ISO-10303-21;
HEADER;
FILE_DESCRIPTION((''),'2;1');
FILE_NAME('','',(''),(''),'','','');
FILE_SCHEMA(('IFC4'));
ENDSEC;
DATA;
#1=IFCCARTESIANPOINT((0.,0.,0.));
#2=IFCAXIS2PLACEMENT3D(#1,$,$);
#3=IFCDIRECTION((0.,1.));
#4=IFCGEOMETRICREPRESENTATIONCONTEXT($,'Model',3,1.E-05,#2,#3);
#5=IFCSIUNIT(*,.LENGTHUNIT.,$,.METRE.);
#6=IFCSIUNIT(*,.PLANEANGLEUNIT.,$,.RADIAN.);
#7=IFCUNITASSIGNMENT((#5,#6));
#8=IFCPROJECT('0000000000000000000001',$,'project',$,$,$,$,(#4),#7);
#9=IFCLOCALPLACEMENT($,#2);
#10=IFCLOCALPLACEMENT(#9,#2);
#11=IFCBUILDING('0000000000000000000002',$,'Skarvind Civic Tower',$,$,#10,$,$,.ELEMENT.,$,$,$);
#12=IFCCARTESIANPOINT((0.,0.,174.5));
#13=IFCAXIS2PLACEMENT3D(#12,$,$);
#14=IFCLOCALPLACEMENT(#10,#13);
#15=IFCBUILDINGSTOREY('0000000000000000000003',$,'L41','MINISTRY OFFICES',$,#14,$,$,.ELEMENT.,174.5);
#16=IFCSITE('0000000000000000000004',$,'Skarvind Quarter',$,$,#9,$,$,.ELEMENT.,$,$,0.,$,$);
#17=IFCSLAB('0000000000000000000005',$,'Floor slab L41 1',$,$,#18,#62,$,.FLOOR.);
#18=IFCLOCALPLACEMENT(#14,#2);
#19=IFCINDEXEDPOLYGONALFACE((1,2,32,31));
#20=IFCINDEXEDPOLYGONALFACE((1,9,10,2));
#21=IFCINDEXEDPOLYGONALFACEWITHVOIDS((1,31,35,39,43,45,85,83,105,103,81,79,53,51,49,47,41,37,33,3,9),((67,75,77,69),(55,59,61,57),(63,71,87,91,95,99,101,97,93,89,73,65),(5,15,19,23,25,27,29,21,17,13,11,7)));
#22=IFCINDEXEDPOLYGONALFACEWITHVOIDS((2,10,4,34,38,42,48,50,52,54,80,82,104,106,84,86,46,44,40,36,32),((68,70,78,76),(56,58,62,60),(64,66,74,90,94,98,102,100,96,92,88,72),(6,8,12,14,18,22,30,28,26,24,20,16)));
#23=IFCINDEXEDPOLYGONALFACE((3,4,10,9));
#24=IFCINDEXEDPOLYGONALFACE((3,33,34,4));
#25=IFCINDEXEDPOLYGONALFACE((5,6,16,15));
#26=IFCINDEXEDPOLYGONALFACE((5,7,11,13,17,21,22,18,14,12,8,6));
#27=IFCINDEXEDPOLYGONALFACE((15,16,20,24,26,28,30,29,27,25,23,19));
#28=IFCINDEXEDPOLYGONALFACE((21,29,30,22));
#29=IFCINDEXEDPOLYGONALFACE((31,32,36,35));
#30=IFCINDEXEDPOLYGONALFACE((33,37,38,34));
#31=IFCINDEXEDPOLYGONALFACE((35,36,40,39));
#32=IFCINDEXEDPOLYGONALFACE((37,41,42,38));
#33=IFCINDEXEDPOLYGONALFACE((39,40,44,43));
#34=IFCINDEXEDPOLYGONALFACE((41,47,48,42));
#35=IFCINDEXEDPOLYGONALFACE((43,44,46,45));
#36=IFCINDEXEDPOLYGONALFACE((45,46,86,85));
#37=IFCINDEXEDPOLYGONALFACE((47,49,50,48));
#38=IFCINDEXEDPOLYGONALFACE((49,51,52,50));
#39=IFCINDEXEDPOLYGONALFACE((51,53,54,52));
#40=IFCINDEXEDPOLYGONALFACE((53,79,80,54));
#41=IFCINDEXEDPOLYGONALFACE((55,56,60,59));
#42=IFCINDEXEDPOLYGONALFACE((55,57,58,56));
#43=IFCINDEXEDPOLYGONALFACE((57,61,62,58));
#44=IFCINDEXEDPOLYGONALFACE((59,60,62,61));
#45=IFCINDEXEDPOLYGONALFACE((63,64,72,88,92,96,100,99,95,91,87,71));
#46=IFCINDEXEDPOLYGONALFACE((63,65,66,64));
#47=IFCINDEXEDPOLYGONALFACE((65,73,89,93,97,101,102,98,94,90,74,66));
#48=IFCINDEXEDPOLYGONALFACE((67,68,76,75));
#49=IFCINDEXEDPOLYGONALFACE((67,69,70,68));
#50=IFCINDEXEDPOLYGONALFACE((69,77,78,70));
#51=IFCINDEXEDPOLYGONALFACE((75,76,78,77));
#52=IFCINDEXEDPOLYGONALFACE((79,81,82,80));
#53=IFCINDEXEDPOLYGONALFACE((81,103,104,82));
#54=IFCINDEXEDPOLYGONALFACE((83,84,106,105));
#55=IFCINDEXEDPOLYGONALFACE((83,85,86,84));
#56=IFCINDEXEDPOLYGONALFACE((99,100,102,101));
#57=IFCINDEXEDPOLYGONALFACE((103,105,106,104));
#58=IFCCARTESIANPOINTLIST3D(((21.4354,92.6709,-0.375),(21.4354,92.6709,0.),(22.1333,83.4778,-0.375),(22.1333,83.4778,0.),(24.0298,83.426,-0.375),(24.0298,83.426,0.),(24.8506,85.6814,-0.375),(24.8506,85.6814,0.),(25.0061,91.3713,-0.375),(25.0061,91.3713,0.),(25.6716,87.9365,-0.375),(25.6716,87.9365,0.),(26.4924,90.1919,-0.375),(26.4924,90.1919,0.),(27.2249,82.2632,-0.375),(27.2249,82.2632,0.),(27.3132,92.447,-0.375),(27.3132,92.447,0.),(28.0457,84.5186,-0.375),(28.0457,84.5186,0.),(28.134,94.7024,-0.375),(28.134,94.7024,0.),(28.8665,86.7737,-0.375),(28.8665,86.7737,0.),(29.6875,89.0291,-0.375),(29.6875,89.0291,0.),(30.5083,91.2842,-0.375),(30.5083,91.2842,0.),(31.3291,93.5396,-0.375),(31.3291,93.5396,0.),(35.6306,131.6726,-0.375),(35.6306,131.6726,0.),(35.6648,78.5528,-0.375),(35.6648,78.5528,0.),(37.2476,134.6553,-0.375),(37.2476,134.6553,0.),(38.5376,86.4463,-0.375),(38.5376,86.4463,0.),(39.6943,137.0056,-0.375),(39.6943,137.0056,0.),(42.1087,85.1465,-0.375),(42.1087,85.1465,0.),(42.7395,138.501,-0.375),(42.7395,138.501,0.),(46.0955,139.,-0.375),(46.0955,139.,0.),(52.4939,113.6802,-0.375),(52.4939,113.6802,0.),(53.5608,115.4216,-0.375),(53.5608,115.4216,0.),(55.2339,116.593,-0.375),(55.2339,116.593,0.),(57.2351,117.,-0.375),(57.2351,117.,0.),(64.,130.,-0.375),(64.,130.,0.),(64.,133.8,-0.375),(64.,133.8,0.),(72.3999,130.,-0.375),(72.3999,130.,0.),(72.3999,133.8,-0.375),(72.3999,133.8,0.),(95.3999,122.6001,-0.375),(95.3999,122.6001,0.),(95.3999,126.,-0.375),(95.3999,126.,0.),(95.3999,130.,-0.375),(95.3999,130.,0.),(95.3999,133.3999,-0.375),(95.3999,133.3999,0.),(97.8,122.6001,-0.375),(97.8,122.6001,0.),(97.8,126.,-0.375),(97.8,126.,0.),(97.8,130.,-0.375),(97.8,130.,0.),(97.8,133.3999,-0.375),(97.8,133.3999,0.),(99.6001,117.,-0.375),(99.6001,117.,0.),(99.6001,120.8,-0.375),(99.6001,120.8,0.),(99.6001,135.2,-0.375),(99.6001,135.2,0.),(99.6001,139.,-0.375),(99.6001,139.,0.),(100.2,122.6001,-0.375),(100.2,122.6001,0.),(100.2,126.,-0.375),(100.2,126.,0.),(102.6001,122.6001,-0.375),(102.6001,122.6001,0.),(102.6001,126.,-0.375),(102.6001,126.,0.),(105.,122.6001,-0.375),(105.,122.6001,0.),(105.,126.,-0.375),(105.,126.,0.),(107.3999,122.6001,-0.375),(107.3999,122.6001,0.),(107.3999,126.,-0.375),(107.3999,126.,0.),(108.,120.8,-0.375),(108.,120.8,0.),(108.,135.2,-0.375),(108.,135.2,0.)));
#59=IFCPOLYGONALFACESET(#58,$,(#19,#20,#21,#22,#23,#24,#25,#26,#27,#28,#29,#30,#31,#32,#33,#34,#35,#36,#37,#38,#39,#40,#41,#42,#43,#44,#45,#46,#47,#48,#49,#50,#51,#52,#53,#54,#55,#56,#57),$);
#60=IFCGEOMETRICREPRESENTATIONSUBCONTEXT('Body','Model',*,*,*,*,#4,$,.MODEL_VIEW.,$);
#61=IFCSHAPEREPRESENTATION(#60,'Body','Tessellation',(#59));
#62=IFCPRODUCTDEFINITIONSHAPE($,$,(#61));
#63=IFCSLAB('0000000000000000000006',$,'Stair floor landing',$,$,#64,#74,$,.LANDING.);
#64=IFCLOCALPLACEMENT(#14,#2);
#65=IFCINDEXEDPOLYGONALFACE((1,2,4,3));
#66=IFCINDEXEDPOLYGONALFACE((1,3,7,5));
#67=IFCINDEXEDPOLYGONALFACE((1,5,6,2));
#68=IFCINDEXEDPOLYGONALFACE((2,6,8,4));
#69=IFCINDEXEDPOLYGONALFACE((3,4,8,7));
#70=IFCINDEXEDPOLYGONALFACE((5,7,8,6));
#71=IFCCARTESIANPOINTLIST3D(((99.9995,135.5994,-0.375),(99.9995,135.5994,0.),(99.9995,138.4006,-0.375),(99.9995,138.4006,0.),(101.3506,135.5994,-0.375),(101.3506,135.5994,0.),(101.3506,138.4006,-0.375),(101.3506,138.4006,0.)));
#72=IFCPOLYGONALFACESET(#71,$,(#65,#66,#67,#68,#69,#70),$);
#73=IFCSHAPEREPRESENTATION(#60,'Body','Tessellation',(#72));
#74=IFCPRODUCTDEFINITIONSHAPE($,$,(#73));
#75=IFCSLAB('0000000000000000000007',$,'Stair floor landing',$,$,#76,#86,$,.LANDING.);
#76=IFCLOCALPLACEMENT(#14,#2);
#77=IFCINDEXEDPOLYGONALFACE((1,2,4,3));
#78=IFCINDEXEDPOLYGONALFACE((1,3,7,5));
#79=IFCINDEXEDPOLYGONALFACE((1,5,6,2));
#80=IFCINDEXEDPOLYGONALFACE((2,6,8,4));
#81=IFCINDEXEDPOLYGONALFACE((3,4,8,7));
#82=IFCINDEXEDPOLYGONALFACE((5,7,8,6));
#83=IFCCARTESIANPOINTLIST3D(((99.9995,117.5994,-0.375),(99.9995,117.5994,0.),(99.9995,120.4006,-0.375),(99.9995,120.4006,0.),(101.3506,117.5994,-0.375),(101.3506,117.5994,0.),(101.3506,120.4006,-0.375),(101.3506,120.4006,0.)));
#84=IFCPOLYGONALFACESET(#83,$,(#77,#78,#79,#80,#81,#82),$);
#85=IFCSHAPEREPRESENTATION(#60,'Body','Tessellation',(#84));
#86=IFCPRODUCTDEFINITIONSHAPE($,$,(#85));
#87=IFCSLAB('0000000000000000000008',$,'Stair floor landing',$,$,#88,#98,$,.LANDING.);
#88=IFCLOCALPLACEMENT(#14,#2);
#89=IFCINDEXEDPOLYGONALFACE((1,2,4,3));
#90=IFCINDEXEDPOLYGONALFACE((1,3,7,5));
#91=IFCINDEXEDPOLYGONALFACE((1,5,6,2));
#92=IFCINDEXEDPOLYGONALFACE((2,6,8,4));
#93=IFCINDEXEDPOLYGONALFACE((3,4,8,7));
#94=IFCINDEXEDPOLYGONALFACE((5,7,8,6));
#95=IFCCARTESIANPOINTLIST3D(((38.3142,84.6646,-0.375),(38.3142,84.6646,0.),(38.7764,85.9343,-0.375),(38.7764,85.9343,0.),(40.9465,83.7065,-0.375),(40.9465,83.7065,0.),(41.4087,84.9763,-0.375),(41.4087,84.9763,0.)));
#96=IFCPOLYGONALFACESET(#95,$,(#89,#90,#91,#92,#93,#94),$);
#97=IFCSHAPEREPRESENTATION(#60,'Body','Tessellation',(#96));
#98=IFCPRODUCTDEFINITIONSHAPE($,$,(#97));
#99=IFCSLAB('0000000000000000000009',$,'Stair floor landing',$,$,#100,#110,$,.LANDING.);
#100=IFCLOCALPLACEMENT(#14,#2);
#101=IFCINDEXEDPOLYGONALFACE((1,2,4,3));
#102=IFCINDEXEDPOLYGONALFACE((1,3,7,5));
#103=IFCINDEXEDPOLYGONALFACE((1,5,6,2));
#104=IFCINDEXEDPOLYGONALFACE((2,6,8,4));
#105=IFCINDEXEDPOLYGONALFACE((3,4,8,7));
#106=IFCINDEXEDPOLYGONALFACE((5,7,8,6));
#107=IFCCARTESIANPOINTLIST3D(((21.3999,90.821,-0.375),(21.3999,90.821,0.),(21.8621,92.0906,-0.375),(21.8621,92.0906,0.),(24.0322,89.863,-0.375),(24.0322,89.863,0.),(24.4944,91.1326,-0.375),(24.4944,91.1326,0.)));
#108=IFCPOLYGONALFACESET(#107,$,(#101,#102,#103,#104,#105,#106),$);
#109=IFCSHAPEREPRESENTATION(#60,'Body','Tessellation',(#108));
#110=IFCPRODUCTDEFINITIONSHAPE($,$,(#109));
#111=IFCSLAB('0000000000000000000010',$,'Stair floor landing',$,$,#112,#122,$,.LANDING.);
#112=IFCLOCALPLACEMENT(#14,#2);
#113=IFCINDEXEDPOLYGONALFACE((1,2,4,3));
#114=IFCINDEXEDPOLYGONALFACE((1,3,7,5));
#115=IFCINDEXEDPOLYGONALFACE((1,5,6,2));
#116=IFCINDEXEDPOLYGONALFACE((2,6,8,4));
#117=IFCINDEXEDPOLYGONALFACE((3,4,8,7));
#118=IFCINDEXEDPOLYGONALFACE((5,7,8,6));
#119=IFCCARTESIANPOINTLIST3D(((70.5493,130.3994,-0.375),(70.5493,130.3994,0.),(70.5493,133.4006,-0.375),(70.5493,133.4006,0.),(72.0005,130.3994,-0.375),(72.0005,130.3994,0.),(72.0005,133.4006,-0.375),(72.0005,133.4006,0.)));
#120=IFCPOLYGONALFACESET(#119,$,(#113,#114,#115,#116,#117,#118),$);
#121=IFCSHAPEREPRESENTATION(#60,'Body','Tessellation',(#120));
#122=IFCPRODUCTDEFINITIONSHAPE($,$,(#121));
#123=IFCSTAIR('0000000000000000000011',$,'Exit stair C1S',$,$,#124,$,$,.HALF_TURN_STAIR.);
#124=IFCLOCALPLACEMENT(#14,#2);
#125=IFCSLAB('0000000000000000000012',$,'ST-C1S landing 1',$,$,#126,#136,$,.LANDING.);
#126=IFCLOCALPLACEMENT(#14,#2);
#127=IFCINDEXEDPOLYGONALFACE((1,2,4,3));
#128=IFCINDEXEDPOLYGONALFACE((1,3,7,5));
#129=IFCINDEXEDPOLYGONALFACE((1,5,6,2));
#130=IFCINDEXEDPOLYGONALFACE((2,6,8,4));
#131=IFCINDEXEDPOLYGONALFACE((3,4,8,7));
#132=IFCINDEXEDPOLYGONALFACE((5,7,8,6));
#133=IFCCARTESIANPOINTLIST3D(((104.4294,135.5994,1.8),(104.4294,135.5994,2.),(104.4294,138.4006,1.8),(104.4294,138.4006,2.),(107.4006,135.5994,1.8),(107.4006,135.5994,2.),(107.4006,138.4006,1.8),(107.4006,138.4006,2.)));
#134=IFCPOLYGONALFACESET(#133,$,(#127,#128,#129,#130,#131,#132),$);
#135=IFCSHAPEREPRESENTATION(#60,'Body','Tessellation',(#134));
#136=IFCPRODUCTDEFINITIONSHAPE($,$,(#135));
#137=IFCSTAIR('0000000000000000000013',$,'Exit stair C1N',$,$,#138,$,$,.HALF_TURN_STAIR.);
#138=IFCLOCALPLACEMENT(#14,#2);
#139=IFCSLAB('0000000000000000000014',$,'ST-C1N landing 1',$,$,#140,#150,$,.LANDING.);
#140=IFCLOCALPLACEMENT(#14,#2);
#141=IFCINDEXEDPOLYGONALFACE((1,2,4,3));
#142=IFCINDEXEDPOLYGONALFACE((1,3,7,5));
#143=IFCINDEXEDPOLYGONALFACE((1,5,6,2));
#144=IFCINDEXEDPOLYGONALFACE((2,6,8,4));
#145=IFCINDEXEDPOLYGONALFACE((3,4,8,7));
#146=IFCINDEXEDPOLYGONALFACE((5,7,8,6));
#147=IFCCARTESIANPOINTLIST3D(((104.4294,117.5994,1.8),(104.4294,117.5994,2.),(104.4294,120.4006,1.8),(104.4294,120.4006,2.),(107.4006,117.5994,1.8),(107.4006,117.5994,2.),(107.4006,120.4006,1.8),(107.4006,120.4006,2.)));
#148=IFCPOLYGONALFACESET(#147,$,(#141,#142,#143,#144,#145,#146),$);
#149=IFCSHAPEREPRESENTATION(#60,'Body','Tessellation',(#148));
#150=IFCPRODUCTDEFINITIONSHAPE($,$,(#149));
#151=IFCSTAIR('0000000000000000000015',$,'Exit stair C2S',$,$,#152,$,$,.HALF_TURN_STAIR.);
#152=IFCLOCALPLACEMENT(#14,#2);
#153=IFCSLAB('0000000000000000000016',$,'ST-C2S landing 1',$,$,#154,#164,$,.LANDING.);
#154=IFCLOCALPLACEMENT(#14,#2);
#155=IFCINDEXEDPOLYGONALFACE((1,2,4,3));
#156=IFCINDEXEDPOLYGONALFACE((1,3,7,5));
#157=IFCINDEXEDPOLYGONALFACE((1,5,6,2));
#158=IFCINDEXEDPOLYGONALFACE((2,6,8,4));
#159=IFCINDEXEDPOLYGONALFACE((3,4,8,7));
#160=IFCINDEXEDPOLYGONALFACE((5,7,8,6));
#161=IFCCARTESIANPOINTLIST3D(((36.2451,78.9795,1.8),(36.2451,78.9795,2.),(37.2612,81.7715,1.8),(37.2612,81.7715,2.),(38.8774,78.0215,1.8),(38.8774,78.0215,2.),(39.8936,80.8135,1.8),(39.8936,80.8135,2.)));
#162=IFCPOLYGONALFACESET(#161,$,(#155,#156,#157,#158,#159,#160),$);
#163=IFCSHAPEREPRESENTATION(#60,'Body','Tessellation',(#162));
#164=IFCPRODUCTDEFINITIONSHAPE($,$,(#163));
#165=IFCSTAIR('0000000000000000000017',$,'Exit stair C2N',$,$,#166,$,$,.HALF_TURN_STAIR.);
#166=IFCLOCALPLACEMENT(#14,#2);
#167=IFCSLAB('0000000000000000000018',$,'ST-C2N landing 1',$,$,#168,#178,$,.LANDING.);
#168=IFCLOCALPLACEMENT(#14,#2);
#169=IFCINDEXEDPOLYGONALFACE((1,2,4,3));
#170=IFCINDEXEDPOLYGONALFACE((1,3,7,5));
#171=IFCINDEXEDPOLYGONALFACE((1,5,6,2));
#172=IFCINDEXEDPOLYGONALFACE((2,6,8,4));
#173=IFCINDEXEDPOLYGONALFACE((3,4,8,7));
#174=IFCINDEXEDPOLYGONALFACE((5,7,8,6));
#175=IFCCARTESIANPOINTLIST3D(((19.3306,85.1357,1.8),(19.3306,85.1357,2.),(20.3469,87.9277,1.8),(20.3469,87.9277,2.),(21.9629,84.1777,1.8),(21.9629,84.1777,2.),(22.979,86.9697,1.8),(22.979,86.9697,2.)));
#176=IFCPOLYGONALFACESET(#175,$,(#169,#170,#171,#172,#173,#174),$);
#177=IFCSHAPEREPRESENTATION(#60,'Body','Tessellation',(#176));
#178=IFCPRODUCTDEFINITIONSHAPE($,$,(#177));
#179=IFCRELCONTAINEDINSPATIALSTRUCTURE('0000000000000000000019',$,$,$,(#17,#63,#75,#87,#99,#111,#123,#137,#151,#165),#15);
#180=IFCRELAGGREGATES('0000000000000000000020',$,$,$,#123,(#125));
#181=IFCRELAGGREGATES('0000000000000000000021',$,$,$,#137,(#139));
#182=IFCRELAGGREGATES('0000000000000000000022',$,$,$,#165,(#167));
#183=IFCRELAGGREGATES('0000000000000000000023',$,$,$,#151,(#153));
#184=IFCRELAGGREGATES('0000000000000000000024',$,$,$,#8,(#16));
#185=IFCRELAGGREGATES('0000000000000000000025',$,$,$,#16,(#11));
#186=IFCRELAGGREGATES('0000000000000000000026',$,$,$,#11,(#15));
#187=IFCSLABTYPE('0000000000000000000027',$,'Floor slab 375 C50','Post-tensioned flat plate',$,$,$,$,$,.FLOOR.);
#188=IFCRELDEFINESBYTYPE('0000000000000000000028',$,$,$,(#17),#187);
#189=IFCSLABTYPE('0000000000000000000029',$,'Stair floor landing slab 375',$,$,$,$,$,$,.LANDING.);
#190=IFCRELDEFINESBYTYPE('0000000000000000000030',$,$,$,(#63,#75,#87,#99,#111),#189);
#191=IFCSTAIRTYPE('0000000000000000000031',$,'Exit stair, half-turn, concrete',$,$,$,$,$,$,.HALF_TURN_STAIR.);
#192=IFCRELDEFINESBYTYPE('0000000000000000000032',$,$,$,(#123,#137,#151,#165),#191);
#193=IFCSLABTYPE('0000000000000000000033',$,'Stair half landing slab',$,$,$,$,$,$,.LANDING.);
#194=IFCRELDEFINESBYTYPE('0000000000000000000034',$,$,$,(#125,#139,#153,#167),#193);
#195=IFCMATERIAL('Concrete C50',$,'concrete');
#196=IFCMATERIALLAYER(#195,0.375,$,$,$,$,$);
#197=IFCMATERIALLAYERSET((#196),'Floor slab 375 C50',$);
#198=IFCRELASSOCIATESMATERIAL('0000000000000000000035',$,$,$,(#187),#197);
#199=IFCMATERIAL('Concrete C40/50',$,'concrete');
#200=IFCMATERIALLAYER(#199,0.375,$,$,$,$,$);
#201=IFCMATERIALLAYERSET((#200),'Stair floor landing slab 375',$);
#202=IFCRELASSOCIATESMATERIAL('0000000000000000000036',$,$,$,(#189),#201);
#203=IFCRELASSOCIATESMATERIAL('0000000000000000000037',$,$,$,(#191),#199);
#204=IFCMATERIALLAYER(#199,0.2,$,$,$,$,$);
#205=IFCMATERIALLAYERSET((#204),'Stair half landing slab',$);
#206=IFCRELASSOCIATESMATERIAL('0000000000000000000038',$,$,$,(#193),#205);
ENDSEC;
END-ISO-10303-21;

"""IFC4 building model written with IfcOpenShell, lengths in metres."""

from ifc_helpers import new_model, si_unit, direction, frame, origin, place, context, subcontext, project, spatial, polyline, outline, extrude, material, layer, layer_set, type_object, element, aggregate, save


model = new_model("IFC4")

# Units and contexts
model_context = context("Model", 3, precision=1e-05, world=origin(), true_north=direction((0.0, 1.0)))
body_context = subcontext(model_context, "Body", "Model", "MODEL_VIEW")
ifc_project = project(units=[si_unit("LENGTHUNIT", "METRE"), si_unit("PLANEANGLEUNIT", "RADIAN")], contexts=[model_context])

# Site, building, storey
site_placement = place(None, origin())
site = spatial("IfcSite", under=ifc_project, at=site_placement, Name="Skarvind Quarter", CompositionType="ELEMENT", RefElevation=0.0)
building_placement = place(site_placement, origin())
building = spatial("IfcBuilding", under=site, at=building_placement, Name="Skarvind Civic Tower", CompositionType="ELEMENT")
storey_placement = place(building_placement, frame((0.0, 0.0, 174.5)))
storey = spatial("IfcBuildingStorey", under=building, at=storey_placement, Name="L41", Description="MINISTRY OFFICES", CompositionType="ELEMENT", Elevation=174.5)

# Slabs
ifc_material_1 = material(Name="Concrete C50", Category="concrete")
ifc_layer_1 = layer(ifc_material_1, 0.375)
ifc_layer_set_1 = layer_set([ifc_layer_1], Name="Floor slab 375 C50")
slab_type_1 = type_object("IfcSlabType", Name="Floor slab 375 C50", Description="Post-tensioned flat plate", PredefinedType="FLOOR", material=ifc_layer_set_1)
slab_1_placement = place(storey_placement, frame((0.0, 0.0, -0.375)))
element("IfcSlab", 1, at=slab_1_placement, inside=storey, type_object=slab_type_1, Name="Floor slab L41 1", PredefinedType="FLOOR", context=body_context, shape_type="SweptSolid", body=[
    extrude(outline(polyline([(99.6001, 117.0), (99.6001, 120.8), (108.0, 120.8), (108.0, 135.2), (99.6001, 135.2), (99.6001, 139.0), (46.0955, 139.0), (42.7395, 138.501), (39.6943, 137.0056), (37.2476, 134.6553), (35.6306, 131.6726), (19.4175, 87.1267), (21.4353, 92.6709), (25.0061, 91.3713), (22.1333, 83.4778), (36.8865, 78.1082), (35.6648, 78.5527), (38.5376, 86.4463), (42.1086, 85.1465), (40.0908, 79.6023), (40.0908, 79.6023), (52.4939, 113.6802), (53.5608, 115.4216), (55.2339, 116.593), (57.2351, 117.0), (99.6001, 117.0)]), holes=[polyline([(25.6716, 87.9365), (26.4924, 90.1919), (27.3132, 92.447), (28.134, 94.7024), (31.3291, 93.5396), (30.5083, 91.2842), (29.6875, 89.0291), (28.8665, 86.7737), (28.8665, 86.7737), (28.0457, 84.5186), (27.2249, 82.2632), (24.0298, 83.426), (24.8506, 85.6814), (25.6716, 87.9365), (25.6716, 87.9365)]), polyline([(64.0, 130.0), (64.0, 133.8), (72.3999, 133.8), (72.3999, 130.0), (64.0, 130.0)]), polyline([(97.8, 126.0), (100.2, 126.0), (102.6001, 126.0), (105.0, 126.0), (107.3999, 126.0), (107.3999, 122.6001), (105.0, 122.6001), (102.6001, 122.6001), (100.2, 122.6001), (97.8, 122.6001), (95.3999, 122.6001), (95.3999, 126.0), (97.8, 126.0)]), polyline([(97.8, 133.3999), (97.8, 130.0), (95.3999, 130.0), (95.3999, 133.3999), (97.8, 133.3999)])]), origin(), (0.0, 0.0, 1.0), 0.375),
])
ifc_material_2 = material(Name="Concrete C40/50", Category="concrete")
ifc_layer_2 = layer(ifc_material_2, 0.375)
ifc_layer_set_2 = layer_set([ifc_layer_2], Name="Stair floor landing slab 375")
slab_type_2 = type_object("IfcSlabType", Name="Stair floor landing slab 375", PredefinedType="LANDING", material=ifc_layer_set_2)
slab_2_placement = place(storey_placement, frame((0.0, 0.0, -0.375)))
element("IfcSlab", 2, at=slab_2_placement, inside=storey, type_object=slab_type_2, Name="Stair floor landing", PredefinedType="LANDING", context=body_context, shape_type="SweptSolid", body=[
    extrude(outline(polyline([(101.3506, 138.4006), (101.3506, 135.5994), (99.9995, 135.5994), (99.9995, 138.4006), (101.3506, 138.4006)])), origin(), (0.0, 0.0, 1.0), 0.375),
])
slab_3_placement = place(storey_placement, frame((0.0, 0.0, -0.375)))
element("IfcSlab", 3, at=slab_3_placement, inside=storey, type_object=slab_type_2, Name="Stair floor landing", PredefinedType="LANDING", context=body_context, shape_type="SweptSolid", body=[
    extrude(outline(polyline([(101.3506, 120.4006), (101.3506, 117.5994), (99.9995, 117.5994), (99.9995, 120.4006), (101.3506, 120.4006)])), origin(), (0.0, 0.0, 1.0), 0.375),
])
slab_4_placement = place(storey_placement, frame((0.0, 0.0, -0.375)))
element("IfcSlab", 4, at=slab_4_placement, inside=storey, type_object=slab_type_2, Name="Stair floor landing", PredefinedType="LANDING", context=body_context, shape_type="SweptSolid", body=[
    extrude(outline(polyline([(40.9465, 83.7065), (38.3142, 84.6646), (38.7764, 85.9343), (41.4087, 84.9763), (40.9465, 83.7065)])), origin(), (0.0, 0.0, 1.0), 0.375),
])
slab_5_placement = place(storey_placement, frame((0.0, 0.0, -0.375)))
element("IfcSlab", 5, at=slab_5_placement, inside=storey, type_object=slab_type_2, Name="Stair floor landing", PredefinedType="LANDING", context=body_context, shape_type="SweptSolid", body=[
    extrude(outline(polyline([(24.0322, 89.863), (21.3999, 90.821), (21.8621, 92.0906), (24.4944, 91.1326), (24.0322, 89.863)])), origin(), (0.0, 0.0, 1.0), 0.375),
])
slab_6_placement = place(storey_placement, frame((0.0, 0.0, -0.375)))
element("IfcSlab", 6, at=slab_6_placement, inside=storey, type_object=slab_type_2, Name="Stair floor landing", PredefinedType="LANDING", context=body_context, shape_type="SweptSolid", body=[
    extrude(outline(polyline([(70.5493, 130.3994), (70.5493, 133.4006), (72.0005, 133.4006), (72.0005, 130.3994), (70.5493, 130.3994)])), origin(), (0.0, 0.0, 1.0), 0.375),
])

# Stairs, slabs
stair_type_1 = type_object("IfcStairType", Name="Exit stair, half-turn, concrete", PredefinedType="HALF_TURN_STAIR", material=ifc_material_2)
stair_1_placement = place(storey_placement, origin())
stair_1 = element("IfcStair", 7, at=stair_1_placement, inside=storey, type_object=stair_type_1, Name="Exit stair C1S", PredefinedType="HALF_TURN_STAIR")
ifc_layer_3 = layer(ifc_material_2, 0.2)
ifc_layer_set_3 = layer_set([ifc_layer_3], Name="Stair half landing slab")
slab_type_3 = type_object("IfcSlabType", Name="Stair half landing slab", PredefinedType="LANDING", material=ifc_layer_set_3)
slab_7_placement = place(storey_placement, frame((0.0, 0.0, 1.8)))
slab_7 = element("IfcSlab", 8, at=slab_7_placement, type_object=slab_type_3, Name="ST-C1S landing 1", PredefinedType="LANDING", context=body_context, shape_type="SweptSolid", body=[
    extrude(outline(polyline([(104.4294, 135.5994), (104.4294, 138.4006), (107.4006, 138.4006), (107.4006, 135.5994), (104.4294, 135.5994)])), origin(), (0.0, 0.0, 1.0), 0.2),
])
aggregate(stair_1, [slab_7])
stair_2_placement = place(storey_placement, origin())
stair_2 = element("IfcStair", 9, at=stair_2_placement, inside=storey, type_object=stair_type_1, Name="Exit stair C1N", PredefinedType="HALF_TURN_STAIR")
slab_8_placement = place(storey_placement, frame((0.0, 0.0, 1.8)))
slab_8 = element("IfcSlab", 10, at=slab_8_placement, type_object=slab_type_3, Name="ST-C1N landing 1", PredefinedType="LANDING", context=body_context, shape_type="SweptSolid", body=[
    extrude(outline(polyline([(104.4294, 117.5994), (104.4294, 120.4006), (107.4006, 120.4006), (107.4006, 117.5994), (104.4294, 117.5994)])), origin(), (0.0, 0.0, 1.0), 0.2),
])
aggregate(stair_2, [slab_8])
stair_3_placement = place(storey_placement, origin())
stair_3 = element("IfcStair", 11, at=stair_3_placement, inside=storey, type_object=stair_type_1, Name="Exit stair C2S", PredefinedType="HALF_TURN_STAIR")
slab_9_placement = place(storey_placement, frame((0.0, 0.0, 1.8)))
slab_9 = element("IfcSlab", 12, at=slab_9_placement, type_object=slab_type_3, Name="ST-C2S landing 1", PredefinedType="LANDING", context=body_context, shape_type="SweptSolid", body=[
    extrude(outline(polyline([(37.2612, 81.7715), (39.8936, 80.8135), (38.8774, 78.0215), (36.2451, 78.9795), (37.2612, 81.7715)])), origin(), (0.0, 0.0, 1.0), 0.2),
])
stair_4_placement = place(storey_placement, origin())
stair_4 = element("IfcStair", 13, at=stair_4_placement, inside=storey, type_object=stair_type_1, Name="Exit stair C2N", PredefinedType="HALF_TURN_STAIR")
slab_10_placement = place(storey_placement, frame((0.0, 0.0, 1.8)))
slab_10 = element("IfcSlab", 14, at=slab_10_placement, type_object=slab_type_3, Name="ST-C2N landing 1", PredefinedType="LANDING", context=body_context, shape_type="SweptSolid", body=[
    extrude(outline(polyline([(20.3469, 87.9277), (22.979, 86.9697), (21.9629, 84.1777), (19.3306, 85.1357), (20.3469, 87.9277)])), origin(), (0.0, 0.0, 1.0), 0.2),
])
aggregate(stair_4, [slab_10])

aggregate(stair_3, [slab_9])

save(model, "model.ifc")
